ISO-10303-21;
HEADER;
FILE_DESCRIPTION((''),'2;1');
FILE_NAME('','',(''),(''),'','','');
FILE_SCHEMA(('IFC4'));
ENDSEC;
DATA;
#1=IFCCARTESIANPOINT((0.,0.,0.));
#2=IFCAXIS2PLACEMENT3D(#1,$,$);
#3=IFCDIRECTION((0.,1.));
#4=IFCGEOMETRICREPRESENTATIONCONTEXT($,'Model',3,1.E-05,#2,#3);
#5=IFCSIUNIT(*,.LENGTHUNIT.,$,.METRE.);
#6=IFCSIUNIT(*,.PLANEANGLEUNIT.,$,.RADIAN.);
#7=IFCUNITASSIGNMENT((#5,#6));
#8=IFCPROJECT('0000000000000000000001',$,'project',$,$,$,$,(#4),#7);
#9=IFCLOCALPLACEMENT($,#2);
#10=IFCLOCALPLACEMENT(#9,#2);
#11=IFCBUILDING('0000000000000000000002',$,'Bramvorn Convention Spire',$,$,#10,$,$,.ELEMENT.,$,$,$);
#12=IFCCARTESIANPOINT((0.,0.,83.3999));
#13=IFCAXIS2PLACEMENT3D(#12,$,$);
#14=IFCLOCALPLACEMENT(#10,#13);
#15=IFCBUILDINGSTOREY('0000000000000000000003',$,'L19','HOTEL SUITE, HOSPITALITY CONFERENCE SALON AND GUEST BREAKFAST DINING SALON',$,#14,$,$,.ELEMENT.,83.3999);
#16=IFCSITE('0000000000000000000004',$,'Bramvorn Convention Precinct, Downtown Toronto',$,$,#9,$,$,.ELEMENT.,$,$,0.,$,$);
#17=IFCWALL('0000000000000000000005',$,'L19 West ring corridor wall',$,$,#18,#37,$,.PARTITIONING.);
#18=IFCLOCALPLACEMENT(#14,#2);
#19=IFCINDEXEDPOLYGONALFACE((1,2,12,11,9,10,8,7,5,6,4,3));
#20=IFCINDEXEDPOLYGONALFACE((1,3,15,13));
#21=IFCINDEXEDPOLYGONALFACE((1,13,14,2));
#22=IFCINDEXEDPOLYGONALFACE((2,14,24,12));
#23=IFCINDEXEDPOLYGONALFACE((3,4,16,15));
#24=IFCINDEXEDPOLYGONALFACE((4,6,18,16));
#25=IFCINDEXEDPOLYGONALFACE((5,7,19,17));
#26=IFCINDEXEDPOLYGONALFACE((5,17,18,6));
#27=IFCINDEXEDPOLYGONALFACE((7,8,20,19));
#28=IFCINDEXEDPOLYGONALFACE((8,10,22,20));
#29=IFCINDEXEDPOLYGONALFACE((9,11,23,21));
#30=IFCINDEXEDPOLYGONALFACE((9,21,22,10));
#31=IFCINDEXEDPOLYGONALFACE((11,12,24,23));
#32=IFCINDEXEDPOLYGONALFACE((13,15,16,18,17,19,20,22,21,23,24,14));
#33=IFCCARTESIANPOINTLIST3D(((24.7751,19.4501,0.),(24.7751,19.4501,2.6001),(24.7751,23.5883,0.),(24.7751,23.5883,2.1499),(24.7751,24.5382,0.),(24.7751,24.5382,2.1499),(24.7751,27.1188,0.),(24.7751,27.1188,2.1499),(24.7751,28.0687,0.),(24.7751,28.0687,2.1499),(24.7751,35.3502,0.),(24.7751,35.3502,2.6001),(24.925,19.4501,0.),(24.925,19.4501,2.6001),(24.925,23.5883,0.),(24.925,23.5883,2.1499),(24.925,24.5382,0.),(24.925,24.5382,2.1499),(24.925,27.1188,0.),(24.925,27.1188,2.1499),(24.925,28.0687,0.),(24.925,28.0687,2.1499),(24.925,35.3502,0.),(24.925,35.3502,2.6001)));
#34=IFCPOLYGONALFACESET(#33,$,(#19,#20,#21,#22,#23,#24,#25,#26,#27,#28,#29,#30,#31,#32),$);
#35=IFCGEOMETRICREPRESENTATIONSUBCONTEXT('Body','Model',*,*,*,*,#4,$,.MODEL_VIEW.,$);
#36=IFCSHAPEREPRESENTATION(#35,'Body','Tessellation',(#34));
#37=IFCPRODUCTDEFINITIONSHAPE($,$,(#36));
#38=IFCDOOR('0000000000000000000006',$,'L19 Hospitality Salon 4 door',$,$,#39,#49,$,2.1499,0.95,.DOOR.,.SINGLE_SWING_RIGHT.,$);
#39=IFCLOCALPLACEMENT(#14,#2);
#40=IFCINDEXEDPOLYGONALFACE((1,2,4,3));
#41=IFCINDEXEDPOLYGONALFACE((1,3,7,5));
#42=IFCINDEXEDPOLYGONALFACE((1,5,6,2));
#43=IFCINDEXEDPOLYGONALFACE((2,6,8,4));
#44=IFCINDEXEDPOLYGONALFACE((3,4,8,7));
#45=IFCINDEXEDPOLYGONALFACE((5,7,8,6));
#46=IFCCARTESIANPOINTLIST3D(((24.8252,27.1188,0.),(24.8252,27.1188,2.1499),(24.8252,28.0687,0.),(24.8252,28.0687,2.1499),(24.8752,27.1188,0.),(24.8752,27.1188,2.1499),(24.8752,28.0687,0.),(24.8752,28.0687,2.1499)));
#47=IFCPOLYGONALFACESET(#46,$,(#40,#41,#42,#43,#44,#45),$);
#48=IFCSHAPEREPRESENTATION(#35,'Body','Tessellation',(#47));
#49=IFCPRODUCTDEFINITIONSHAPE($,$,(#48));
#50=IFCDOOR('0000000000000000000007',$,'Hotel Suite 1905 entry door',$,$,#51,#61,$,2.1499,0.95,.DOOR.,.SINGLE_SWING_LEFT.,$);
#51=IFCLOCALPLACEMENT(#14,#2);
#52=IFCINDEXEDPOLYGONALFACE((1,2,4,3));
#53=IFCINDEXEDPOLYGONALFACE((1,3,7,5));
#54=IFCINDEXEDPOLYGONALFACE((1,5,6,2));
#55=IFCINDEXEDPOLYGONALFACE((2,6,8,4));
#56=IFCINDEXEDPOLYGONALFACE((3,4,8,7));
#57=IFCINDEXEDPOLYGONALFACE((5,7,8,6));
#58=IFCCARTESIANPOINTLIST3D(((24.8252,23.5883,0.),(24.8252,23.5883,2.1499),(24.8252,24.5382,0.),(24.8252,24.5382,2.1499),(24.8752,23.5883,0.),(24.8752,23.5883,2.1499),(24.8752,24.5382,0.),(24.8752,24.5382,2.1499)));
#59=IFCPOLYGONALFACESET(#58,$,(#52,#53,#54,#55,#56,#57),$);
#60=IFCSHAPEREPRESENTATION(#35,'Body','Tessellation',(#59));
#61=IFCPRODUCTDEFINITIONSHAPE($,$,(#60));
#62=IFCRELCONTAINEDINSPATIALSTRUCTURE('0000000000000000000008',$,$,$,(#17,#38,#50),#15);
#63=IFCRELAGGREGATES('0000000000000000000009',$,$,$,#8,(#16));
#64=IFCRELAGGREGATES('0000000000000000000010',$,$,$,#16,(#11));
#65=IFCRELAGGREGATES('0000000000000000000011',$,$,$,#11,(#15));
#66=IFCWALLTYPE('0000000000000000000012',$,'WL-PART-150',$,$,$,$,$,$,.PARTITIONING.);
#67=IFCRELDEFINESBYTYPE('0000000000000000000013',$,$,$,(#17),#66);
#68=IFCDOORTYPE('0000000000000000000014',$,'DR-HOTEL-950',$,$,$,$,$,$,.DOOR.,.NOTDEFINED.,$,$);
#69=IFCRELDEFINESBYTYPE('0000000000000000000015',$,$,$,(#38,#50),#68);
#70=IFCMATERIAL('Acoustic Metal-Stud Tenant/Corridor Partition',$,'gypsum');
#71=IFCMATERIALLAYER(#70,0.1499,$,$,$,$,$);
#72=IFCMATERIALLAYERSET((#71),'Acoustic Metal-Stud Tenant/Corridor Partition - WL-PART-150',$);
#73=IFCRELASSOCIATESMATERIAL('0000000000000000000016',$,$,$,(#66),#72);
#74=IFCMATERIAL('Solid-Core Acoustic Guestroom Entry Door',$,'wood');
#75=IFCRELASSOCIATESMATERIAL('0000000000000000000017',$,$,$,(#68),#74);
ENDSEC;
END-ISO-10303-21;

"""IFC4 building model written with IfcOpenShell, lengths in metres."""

from ifc_helpers import new_model, si_unit, direction, frame, frame_2d, origin, place, context, subcontext, project, spatial, rectangle, extrude, material, layer, layer_set, type_object, element, fill, save


model = new_model("IFC4")

# Units and contexts
model_context = context("Model", 3, precision=1e-05, world=origin(), true_north=direction((0.0, 1.0)))
body_context = subcontext(model_context, "Body", "Model", "MODEL_VIEW")
ifc_project = project(units=[si_unit("LENGTHUNIT", "METRE"), si_unit("PLANEANGLEUNIT", "RADIAN")], contexts=[model_context])

# Site, building, storey
site_placement = place(None, origin())
site = spatial("IfcSite", under=ifc_project, at=site_placement, Name="Bramvorn Convention Precinct, Downtown Toronto", CompositionType="ELEMENT", RefElevation=0.0)
building_placement = place(site_placement, origin())
building = spatial("IfcBuilding", under=site, at=building_placement, Name="Bramvorn Convention Spire", CompositionType="ELEMENT")
storey_placement = place(building_placement, frame((0.0, 0.0, 83.3999)))
storey = spatial("IfcBuildingStorey", under=building, at=storey_placement, Name="L19", Description="HOTEL SUITE, HOSPITALITY CONFERENCE SALON AND GUEST BREAKFAST DINING SALON", CompositionType="ELEMENT", Elevation=83.3999)

# Wall, openings, doors
ifc_material_1 = material(Name="Acoustic Metal-Stud Tenant/Corridor Partition", Category="gypsum")
ifc_layer_1 = layer(ifc_material_1, 0.1499)
ifc_layer_set_1 = layer_set([ifc_layer_1], Name="Acoustic Metal-Stud Tenant/Corridor Partition - WL-PART-150")
wall_type_1 = type_object("IfcWallType", Name="WL-PART-150", PredefinedType="PARTITIONING", material=ifc_layer_set_1)
ifc_material_2 = material(Name="Solid-Core Acoustic Guestroom Entry Door", Category="wood")
door_type_1 = type_object("IfcDoorType", Name="DR-HOTEL-950", OperationType="NOTDEFINED", PredefinedType="DOOR", material=ifc_material_2)
wall_1_placement = place(storey_placement, frame((24.8501, 19.45, 0.0), z_axis=(0.0, 0.0, 1.0), x_axis=(0.0, 1.0, 0.0)))
wall_1 = element("IfcWall", 1, at=wall_1_placement, inside=storey, type_object=wall_type_1, Name="L19 West ring corridor wall", PredefinedType="PARTITIONING", context=body_context, shape_type="SweptSolid", body=[
    extrude(rectangle(XDim=15.9001, YDim=0.1499, at=frame_2d((7.9502, 0.0))), origin(), (0.0, 0.0, 1.0), 2.6001),
])
opening_1_placement = place(wall_1_placement, frame((7.6687, 0.0, 0.0)))
opening_1 = element("IfcOpeningElement", 2, at=opening_1_placement, cuts=wall_1, PredefinedType="OPENING", context=body_context, shape_type="SweptSolid", body=[
    extrude(rectangle(XDim=0.95, YDim=2.1499, at=frame_2d((0.4751, 1.075))), frame((0.0, 0.085, 0.0), z_axis=(0.0, -1.0, 0.0), x_axis=(1.0, 0.0, 0.0)), (0.0, 0.0, 1.0), 0.1699),
])
opening_2_placement = place(wall_1_placement, frame((4.1382, 0.0, 0.0)))
opening_2 = element("IfcOpeningElement", 3, at=opening_2_placement, cuts=wall_1, PredefinedType="OPENING", context=body_context, shape_type="SweptSolid", body=[
    extrude(rectangle(XDim=0.95, YDim=2.1499, at=frame_2d((0.4751, 1.075))), frame((0.0, 0.085, 0.0), z_axis=(0.0, -1.0, 0.0), x_axis=(1.0, 0.0, 0.0)), (0.0, 0.0, 1.0), 0.1699),
])
door_1_placement = place(opening_1_placement, origin())
door_1 = element("IfcDoor", 4, at=door_1_placement, inside=storey, type_object=door_type_1, Name="L19 Hospitality Salon 4 door", OperationType="SINGLE_SWING_RIGHT", OverallHeight=2.1499, OverallWidth=0.95, PredefinedType="DOOR", context=body_context, shape_type="SweptSolid", body=[
    extrude(rectangle(XDim=0.95, YDim=2.1499, at=frame_2d((0.4751, 1.075))), frame((0.0, 0.0249, 0.0), z_axis=(0.0, -1.0, 0.0), x_axis=(1.0, 0.0, 0.0)), (0.0, 0.0, 1.0), 0.05),
])
fill(opening_1, door_1)
door_2_placement = place(opening_2_placement, origin())
door_2 = element("IfcDoor", 5, at=door_2_placement, inside=storey, type_object=door_type_1, Name="Hotel Suite 1905 entry door", OperationType="SINGLE_SWING_LEFT", OverallHeight=2.1499, OverallWidth=0.95, PredefinedType="DOOR", context=body_context, shape_type="SweptSolid", body=[
    extrude(rectangle(XDim=0.95, YDim=2.1499, at=frame_2d((0.4751, 1.075))), frame((0.0, 0.0249, 0.0), z_axis=(0.0, -1.0, 0.0), x_axis=(1.0, 0.0, 0.0)), (0.0, 0.0, 1.0), 0.05),
])
fill(opening_2, door_2)

save(model, "model.ifc")
